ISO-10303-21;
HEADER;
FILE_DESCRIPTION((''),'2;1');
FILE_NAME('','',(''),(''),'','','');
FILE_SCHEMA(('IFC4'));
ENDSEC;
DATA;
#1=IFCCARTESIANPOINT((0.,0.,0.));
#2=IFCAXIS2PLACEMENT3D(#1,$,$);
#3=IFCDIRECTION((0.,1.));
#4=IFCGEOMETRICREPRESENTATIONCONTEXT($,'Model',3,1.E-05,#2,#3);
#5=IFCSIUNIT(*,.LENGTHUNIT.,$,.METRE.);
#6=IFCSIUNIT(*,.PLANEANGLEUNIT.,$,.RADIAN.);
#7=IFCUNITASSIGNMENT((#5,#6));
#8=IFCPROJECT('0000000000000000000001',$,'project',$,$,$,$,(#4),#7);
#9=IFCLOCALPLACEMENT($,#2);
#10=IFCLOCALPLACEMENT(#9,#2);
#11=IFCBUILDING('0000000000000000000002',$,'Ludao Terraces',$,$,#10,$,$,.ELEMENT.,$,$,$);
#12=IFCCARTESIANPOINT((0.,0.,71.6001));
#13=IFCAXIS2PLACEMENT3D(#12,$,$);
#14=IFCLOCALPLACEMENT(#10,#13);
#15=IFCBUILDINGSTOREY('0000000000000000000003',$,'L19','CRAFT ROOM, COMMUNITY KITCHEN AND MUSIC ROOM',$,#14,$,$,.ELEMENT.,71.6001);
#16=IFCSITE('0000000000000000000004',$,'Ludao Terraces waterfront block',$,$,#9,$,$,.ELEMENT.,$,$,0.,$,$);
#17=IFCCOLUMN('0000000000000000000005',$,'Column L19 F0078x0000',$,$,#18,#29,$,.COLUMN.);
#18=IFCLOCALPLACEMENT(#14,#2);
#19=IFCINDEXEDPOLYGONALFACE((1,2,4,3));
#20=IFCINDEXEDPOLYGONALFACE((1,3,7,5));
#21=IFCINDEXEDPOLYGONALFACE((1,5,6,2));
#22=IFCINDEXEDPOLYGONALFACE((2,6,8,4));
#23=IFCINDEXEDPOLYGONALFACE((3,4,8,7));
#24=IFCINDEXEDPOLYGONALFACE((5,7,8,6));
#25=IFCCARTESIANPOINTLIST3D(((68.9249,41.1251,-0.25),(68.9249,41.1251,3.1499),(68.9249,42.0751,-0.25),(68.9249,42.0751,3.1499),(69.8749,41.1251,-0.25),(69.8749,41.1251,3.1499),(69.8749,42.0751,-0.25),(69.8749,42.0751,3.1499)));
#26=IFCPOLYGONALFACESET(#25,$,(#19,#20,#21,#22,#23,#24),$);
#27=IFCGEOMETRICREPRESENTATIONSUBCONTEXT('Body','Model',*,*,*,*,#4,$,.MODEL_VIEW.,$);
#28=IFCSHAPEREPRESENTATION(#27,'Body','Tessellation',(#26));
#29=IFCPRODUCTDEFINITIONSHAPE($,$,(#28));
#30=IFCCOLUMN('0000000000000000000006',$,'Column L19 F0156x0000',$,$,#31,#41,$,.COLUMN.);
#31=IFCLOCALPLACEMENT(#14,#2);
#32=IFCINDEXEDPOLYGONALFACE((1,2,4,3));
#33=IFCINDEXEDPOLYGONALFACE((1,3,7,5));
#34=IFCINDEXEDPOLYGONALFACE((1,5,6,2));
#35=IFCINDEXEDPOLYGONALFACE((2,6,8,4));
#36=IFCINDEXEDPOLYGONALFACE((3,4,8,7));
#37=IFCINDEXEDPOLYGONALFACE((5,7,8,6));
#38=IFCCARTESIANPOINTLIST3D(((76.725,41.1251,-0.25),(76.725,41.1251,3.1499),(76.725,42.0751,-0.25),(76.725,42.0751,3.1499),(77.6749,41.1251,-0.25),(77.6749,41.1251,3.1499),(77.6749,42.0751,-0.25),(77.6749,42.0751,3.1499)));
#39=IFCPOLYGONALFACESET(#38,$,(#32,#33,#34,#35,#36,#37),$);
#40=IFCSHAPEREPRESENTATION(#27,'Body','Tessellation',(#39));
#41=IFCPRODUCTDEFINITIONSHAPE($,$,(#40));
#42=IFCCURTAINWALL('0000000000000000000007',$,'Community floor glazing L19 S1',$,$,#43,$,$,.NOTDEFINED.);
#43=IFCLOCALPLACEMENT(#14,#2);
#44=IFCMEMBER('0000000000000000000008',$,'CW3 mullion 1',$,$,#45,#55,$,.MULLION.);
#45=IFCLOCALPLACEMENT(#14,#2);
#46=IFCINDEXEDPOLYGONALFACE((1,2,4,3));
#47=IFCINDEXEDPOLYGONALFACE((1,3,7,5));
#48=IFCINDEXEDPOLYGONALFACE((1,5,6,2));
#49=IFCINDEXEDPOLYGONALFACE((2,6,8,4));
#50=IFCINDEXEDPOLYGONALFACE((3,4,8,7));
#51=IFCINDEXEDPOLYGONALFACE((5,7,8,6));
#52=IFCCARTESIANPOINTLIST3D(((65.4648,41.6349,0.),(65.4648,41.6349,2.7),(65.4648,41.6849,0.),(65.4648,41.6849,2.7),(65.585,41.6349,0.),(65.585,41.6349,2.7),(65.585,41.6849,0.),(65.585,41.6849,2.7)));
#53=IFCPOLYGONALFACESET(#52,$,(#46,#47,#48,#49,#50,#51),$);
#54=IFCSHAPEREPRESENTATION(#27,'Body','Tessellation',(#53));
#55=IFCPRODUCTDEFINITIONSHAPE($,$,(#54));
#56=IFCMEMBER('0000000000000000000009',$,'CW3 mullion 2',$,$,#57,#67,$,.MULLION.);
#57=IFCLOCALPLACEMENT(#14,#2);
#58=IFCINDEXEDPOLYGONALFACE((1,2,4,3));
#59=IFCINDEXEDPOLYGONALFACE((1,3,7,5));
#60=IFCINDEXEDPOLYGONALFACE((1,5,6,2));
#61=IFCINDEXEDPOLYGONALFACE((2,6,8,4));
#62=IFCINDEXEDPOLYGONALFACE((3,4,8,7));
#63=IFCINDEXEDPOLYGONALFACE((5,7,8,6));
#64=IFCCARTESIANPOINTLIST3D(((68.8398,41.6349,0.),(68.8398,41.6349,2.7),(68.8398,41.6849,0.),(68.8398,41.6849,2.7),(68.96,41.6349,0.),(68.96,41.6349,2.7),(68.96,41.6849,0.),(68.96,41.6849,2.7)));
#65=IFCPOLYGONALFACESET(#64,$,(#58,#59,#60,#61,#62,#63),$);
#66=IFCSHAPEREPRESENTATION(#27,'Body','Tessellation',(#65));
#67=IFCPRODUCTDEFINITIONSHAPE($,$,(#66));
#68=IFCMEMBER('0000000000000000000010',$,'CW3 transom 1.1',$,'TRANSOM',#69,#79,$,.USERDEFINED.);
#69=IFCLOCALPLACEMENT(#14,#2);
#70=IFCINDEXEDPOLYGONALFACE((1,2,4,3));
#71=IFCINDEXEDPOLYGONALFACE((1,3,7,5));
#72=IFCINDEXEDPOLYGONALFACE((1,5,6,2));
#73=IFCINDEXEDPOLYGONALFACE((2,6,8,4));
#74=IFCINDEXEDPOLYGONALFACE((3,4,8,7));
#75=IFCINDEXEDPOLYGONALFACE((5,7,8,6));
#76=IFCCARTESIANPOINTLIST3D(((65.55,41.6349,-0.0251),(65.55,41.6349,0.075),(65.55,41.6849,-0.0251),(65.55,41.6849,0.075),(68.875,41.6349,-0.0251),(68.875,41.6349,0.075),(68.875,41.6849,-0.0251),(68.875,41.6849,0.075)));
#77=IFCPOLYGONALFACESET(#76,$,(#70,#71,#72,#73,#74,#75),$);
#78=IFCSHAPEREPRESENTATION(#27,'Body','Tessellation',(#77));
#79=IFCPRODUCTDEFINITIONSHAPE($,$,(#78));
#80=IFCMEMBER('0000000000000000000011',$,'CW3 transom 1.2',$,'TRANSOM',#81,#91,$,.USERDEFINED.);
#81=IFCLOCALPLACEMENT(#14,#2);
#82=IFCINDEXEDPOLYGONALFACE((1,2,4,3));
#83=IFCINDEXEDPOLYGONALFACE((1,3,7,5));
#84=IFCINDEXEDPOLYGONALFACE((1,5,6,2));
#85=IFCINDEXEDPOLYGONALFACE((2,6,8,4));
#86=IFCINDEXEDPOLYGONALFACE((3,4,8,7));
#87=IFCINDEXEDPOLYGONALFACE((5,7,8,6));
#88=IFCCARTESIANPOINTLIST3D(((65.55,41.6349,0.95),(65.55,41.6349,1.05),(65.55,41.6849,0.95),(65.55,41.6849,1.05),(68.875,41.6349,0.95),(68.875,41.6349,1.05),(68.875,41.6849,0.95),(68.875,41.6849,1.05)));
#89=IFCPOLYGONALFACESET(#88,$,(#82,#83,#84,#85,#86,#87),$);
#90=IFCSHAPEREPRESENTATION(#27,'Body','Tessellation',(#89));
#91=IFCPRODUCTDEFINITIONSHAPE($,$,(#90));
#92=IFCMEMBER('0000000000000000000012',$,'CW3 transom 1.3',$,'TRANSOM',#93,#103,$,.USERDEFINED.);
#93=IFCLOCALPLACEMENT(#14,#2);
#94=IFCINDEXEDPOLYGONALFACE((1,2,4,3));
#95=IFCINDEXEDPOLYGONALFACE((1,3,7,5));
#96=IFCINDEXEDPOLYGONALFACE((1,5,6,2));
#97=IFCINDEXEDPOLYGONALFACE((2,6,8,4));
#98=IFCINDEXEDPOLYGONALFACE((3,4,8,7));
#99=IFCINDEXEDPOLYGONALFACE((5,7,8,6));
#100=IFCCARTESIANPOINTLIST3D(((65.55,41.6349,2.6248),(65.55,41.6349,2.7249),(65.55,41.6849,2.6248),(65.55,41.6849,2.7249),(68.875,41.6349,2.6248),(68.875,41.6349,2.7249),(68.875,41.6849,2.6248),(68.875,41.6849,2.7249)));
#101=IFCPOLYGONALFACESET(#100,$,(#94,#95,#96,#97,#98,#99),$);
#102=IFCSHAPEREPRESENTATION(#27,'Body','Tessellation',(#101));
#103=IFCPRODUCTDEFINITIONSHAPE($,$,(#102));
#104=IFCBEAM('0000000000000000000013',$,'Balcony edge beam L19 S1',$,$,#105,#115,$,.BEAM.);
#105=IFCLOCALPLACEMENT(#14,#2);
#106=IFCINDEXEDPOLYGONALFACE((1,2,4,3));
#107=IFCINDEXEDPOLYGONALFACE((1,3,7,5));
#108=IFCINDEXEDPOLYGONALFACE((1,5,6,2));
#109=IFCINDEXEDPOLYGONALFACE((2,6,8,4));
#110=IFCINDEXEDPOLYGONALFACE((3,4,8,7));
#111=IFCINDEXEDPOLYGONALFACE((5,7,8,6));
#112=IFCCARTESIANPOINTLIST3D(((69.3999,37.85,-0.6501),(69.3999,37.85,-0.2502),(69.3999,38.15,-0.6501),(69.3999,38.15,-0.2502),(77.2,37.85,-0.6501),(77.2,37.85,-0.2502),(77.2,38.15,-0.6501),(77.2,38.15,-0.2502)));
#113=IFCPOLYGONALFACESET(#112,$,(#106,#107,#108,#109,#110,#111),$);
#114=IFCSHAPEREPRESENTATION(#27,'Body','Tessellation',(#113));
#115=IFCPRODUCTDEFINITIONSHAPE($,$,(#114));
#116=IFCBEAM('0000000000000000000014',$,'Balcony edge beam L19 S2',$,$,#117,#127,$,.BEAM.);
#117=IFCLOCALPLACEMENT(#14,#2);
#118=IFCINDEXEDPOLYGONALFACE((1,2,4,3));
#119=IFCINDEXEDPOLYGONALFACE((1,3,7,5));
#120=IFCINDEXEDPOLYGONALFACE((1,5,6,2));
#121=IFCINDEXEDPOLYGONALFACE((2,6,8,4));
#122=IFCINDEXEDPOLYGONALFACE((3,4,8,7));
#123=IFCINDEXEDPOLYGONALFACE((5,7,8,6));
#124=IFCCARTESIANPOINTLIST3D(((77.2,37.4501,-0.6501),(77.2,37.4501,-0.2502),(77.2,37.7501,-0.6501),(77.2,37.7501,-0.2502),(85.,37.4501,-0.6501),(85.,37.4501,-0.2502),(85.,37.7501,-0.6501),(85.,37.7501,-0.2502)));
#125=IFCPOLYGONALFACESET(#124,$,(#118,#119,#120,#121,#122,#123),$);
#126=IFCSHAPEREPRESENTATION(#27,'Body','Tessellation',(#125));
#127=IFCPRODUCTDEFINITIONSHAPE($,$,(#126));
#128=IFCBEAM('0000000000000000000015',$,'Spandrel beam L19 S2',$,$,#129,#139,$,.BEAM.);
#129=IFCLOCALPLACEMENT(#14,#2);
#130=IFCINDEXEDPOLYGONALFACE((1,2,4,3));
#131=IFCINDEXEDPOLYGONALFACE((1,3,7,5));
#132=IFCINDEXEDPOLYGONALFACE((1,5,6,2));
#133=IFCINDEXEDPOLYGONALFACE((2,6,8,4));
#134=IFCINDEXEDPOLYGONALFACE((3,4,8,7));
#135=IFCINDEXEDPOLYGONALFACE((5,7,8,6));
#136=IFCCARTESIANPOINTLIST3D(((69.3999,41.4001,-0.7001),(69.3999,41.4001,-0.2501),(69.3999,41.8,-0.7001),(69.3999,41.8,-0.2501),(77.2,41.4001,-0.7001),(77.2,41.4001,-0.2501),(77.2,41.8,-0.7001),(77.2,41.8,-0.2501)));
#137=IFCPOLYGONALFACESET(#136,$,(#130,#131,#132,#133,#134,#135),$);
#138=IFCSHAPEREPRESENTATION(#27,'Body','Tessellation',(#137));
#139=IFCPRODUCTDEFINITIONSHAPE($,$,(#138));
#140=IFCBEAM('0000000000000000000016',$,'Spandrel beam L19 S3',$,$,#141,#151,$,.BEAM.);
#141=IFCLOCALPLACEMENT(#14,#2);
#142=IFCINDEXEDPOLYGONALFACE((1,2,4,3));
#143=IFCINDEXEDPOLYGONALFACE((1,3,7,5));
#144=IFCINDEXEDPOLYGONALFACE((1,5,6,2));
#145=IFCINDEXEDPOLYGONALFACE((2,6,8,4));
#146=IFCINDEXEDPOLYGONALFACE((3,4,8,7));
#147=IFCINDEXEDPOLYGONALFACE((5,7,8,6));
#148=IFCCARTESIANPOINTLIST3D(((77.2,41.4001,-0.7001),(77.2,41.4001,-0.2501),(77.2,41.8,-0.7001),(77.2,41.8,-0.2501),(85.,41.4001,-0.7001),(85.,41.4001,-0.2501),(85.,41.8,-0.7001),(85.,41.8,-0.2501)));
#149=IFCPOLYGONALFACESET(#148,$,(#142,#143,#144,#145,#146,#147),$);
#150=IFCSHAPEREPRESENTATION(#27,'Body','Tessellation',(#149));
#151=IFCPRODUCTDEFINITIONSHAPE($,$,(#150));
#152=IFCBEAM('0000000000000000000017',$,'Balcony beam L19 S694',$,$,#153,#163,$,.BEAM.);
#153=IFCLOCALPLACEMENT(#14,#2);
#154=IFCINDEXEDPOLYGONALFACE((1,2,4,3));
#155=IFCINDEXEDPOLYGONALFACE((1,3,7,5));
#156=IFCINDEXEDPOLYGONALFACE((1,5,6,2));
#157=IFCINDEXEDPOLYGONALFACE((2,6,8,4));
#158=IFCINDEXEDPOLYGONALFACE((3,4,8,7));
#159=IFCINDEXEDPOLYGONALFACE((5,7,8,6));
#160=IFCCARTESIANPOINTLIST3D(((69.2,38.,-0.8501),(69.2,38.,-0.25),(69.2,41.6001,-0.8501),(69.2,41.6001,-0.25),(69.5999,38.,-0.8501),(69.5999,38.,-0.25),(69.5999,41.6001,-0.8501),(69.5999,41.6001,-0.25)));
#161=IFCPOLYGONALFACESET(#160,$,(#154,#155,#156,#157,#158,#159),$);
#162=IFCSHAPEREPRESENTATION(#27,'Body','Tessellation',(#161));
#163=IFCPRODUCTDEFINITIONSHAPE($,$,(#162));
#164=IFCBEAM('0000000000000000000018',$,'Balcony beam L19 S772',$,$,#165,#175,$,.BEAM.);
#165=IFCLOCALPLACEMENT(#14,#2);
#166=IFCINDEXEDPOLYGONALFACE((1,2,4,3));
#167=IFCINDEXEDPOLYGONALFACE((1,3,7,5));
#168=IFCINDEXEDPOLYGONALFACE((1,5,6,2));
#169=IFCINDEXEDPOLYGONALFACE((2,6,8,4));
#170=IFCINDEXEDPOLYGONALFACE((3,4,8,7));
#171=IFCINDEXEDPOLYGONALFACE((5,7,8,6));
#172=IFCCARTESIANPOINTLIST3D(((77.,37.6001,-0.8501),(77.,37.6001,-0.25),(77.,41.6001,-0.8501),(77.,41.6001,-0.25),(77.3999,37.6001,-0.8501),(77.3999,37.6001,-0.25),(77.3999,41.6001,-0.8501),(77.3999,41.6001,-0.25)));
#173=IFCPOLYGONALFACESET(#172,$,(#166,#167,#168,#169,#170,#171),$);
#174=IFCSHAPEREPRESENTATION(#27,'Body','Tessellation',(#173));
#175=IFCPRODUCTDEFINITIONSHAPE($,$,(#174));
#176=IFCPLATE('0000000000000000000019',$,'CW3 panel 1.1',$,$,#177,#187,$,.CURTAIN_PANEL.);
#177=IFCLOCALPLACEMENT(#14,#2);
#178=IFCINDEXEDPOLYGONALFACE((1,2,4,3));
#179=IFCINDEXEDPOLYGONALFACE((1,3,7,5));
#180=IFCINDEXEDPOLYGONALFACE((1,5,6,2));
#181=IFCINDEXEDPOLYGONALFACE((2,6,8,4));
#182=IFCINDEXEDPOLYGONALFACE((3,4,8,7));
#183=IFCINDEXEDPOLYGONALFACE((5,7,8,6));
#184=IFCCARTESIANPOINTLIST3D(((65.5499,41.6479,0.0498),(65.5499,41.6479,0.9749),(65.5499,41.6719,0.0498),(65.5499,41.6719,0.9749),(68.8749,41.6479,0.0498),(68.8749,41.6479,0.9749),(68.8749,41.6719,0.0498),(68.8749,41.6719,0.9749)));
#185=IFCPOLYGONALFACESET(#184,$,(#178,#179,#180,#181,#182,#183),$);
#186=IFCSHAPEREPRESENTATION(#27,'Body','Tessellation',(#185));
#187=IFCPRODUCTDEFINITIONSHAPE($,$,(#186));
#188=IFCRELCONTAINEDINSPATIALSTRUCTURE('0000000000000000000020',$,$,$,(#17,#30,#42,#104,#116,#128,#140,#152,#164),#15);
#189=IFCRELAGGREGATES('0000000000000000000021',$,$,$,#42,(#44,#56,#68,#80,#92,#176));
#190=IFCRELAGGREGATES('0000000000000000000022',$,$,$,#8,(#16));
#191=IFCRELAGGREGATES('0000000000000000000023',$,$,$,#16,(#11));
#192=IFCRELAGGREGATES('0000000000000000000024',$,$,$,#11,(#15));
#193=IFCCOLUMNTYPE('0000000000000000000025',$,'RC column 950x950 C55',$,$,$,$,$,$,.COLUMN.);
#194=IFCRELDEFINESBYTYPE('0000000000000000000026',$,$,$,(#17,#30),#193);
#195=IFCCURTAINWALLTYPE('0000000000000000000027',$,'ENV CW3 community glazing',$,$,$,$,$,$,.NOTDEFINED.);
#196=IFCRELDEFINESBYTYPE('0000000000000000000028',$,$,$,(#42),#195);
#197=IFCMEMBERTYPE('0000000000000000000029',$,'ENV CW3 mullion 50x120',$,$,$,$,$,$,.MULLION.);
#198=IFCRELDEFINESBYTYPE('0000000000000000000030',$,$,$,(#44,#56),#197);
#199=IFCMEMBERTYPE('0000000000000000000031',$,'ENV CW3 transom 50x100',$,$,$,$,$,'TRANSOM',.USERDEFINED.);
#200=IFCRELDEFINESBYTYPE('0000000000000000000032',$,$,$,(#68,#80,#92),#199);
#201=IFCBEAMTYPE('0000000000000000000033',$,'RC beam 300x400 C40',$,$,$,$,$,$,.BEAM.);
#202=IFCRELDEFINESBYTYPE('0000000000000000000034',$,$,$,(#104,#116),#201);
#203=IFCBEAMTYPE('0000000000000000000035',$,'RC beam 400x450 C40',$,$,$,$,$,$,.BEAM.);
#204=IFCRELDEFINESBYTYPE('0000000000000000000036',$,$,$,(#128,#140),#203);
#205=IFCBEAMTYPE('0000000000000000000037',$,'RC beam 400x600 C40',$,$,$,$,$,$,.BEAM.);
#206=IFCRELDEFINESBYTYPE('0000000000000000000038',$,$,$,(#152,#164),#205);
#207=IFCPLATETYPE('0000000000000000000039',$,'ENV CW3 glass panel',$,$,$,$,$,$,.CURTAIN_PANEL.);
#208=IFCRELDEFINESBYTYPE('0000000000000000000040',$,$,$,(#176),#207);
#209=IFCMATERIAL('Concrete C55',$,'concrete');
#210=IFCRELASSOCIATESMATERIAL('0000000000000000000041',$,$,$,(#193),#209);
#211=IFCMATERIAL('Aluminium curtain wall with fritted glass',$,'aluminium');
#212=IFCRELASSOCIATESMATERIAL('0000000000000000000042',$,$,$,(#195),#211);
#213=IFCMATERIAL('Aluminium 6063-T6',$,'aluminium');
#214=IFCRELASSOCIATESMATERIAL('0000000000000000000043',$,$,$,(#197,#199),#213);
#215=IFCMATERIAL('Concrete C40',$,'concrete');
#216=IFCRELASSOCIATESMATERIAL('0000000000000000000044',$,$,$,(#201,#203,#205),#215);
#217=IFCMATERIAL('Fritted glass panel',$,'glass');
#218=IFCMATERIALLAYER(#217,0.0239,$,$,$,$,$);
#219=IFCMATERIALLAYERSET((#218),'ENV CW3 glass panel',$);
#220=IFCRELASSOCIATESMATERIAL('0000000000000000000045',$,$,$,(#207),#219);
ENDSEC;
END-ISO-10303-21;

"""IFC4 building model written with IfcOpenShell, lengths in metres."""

from ifc_helpers import new_model, si_unit, direction, frame, origin, origin_2d, place, context, subcontext, project, spatial, rectangle, extrude, material, layer, layer_set, material_profile, profile_set, type_object, element, aggregate, save


model = new_model("IFC4")

# Units and contexts
model_context = context("Model", 3, precision=1e-05, world=origin(), true_north=direction((0.0, 1.0)))
body_context = subcontext(model_context, "Body", "Model", "MODEL_VIEW")
ifc_project = project(units=[si_unit("LENGTHUNIT", "METRE"), si_unit("PLANEANGLEUNIT", "RADIAN")], contexts=[model_context])

# Site, building, storey
site_placement = place(None, origin())
site = spatial("IfcSite", under=ifc_project, at=site_placement, Name="Ludao Terraces waterfront block", CompositionType="ELEMENT", RefElevation=0.0)
building_placement = place(site_placement, origin())
building = spatial("IfcBuilding", under=site, at=building_placement, Name="Ludao Terraces", CompositionType="ELEMENT")
storey_placement = place(building_placement, frame((0.0, 0.0, 71.6001)))
storey = spatial("IfcBuildingStorey", under=building, at=storey_placement, Name="L19", Description="CRAFT ROOM, COMMUNITY KITCHEN AND MUSIC ROOM", CompositionType="ELEMENT", Elevation=71.6001)

# Columns
ifc_material_1 = material(Name="Concrete C55", Category="concrete")
ifc_material_profile_1 = material_profile(ifc_material_1, rectangle(XDim=0.95, YDim=0.95, at=origin_2d()), Name="950 X 950")
ifc_profile_set_1 = profile_set([ifc_material_profile_1], Name="Concrete C55")
column_type = type_object("IfcColumnType", Name="RC column 950x950 C55", PredefinedType="COLUMN", material=ifc_profile_set_1)
for number, where, z_axis, x_axis, name in (
    (1, (69.3999, 41.6001, -0.25), (0.0, 0.0, 1.0), (1.0, 0.0, 0.0), "Column L19 F0078x0000"),
    (2, (77.2, 41.6001, -0.25), (0.0, 0.0, 1.0), (1.0, 0.0, 0.0), "Column L19 F0156x0000"),
):
    element("IfcColumn", number, at=place(storey_placement, frame(where, z_axis=z_axis, x_axis=x_axis)), inside=storey, type_object=column_type, Name=name, PredefinedType="COLUMN", context=body_context, shape_type="SweptSolid", body=[
        extrude(rectangle(XDim=0.95, YDim=0.95, at=origin_2d()), origin(), (0.0, 0.0, 1.0), 3.3999),
    ])

# Curtain wall, members
ifc_material_2 = material(Name="Aluminium curtain wall with fritted glass", Category="aluminium")
curtain_wall_type = type_object("IfcCurtainWallType", Name="ENV CW3 community glazing", PredefinedType="NOTDEFINED", material=ifc_material_2)
curtain_wall_placement = place(storey_placement, origin())
curtain_wall = element("IfcCurtainWall", 3, at=curtain_wall_placement, inside=storey, type_object=curtain_wall_type, Name="Community floor glazing L19 S1", PredefinedType="NOTDEFINED")
ifc_material_3 = material(Name="Aluminium 6063-T6", Category="aluminium")
ifc_material_profile_2 = material_profile(ifc_material_3, rectangle(XDim=0.05, YDim=0.1201, at=origin_2d()), Name="50 X 120")
ifc_profile_set_2 = profile_set([ifc_material_profile_2], Name="Aluminium 6063-T6")
member_type_1 = type_object("IfcMemberType", Name="ENV CW3 mullion 50x120", PredefinedType="MULLION", material=ifc_profile_set_2)
member_1_placement = place(storey_placement, frame((65.5249, 41.6599, 0.0), z_axis=(0.0, 0.0, 1.0), x_axis=(0.0, 1.0, 0.0)))
member_1 = element("IfcMember", 4, at=member_1_placement, type_object=member_type_1, Name="CW3 mullion 1", PredefinedType="MULLION", context=body_context, shape_type="SweptSolid", body=[
    extrude(rectangle(XDim=0.05, YDim=0.1201, at=origin_2d()), origin(), (0.0, 0.0, 1.0), 2.7),
])
member_2_placement = place(storey_placement, frame((68.8999, 41.6599, 0.0), z_axis=(0.0, 0.0, 1.0), x_axis=(0.0, 1.0, 0.0)))
member_2 = element("IfcMember", 5, at=member_2_placement, type_object=member_type_1, Name="CW3 mullion 2", PredefinedType="MULLION", context=body_context, shape_type="SweptSolid", body=[
    extrude(rectangle(XDim=0.05, YDim=0.1201, at=origin_2d()), origin(), (0.0, 0.0, 1.0), 2.7),
])
ifc_material_profile_3 = material_profile(ifc_material_3, rectangle(XDim=0.05, YDim=0.1001, at=origin_2d()), Name="50 X 100")
ifc_profile_set_3 = profile_set([ifc_material_profile_3], Name="Aluminium 6063-T6")
member_type_2 = type_object("IfcMemberType", Name="ENV CW3 transom 50x100", ElementType="TRANSOM", PredefinedType="USERDEFINED", material=ifc_profile_set_3)
member_3_placement = place(storey_placement, frame((65.55, 41.6599, 0.0249), z_axis=(1.0, 0.0, 0.0), x_axis=(0.0, 1.0, 0.0)))
member_3 = element("IfcMember", 6, at=member_3_placement, type_object=member_type_2, Name="CW3 transom 1.1", ObjectType="TRANSOM", PredefinedType="USERDEFINED", context=body_context, shape_type="SweptSolid", body=[
    extrude(rectangle(XDim=0.05, YDim=0.1001, at=origin_2d()), origin(), (0.0, 0.0, 1.0), 3.325),
])
member_4_placement = place(storey_placement, frame((65.55, 41.6599, 1.0), z_axis=(1.0, 0.0, 0.0), x_axis=(0.0, 1.0, 0.0)))
member_4 = element("IfcMember", 7, at=member_4_placement, type_object=member_type_2, Name="CW3 transom 1.2", ObjectType="TRANSOM", PredefinedType="USERDEFINED", context=body_context, shape_type="SweptSolid", body=[
    extrude(rectangle(XDim=0.05, YDim=0.1001, at=origin_2d()), origin(), (0.0, 0.0, 1.0), 3.325),
])
member_5_placement = place(storey_placement, frame((65.55, 41.6599, 2.6748), z_axis=(1.0, 0.0, 0.0), x_axis=(0.0, 1.0, 0.0)))
member_5 = element("IfcMember", 8, at=member_5_placement, type_object=member_type_2, Name="CW3 transom 1.3", ObjectType="TRANSOM", PredefinedType="USERDEFINED", context=body_context, shape_type="SweptSolid", body=[
    extrude(rectangle(XDim=0.05, YDim=0.1001, at=origin_2d()), origin(), (0.0, 0.0, 1.0), 3.325),
])

# Beams
ifc_material_4 = material(Name="Concrete C40", Category="concrete")
ifc_material_profile_4 = material_profile(ifc_material_4, rectangle(XDim=0.3, YDim=0.3999, at=origin_2d()), Name="300 X 400")
ifc_profile_set_4 = profile_set([ifc_material_profile_4], Name="Concrete C40")
beam_type_1 = type_object("IfcBeamType", Name="RC beam 300x400 C40", PredefinedType="BEAM", material=ifc_profile_set_4)
for number, where, z_axis, x_axis, name in (
    (9, (69.3999, 38.0, -0.4502), (1.0, 0.0, 0.0), (0.0, 1.0, 0.0), "Balcony edge beam L19 S1"),
    (10, (77.2, 37.6001, -0.4502), (1.0, 0.0, 0.0), (0.0, 1.0, 0.0), "Balcony edge beam L19 S2"),
):
    element("IfcBeam", number, at=place(storey_placement, frame(where, z_axis=z_axis, x_axis=x_axis)), inside=storey, type_object=beam_type_1, Name=name, PredefinedType="BEAM", context=body_context, shape_type="SweptSolid", body=[
        extrude(rectangle(XDim=0.3, YDim=0.3999, at=origin_2d()), origin(), (0.0, 0.0, 1.0), 7.8),
    ])
ifc_material_profile_5 = material_profile(ifc_material_4, rectangle(XDim=0.3999, YDim=0.45, at=origin_2d()), Name="400 X 450")
ifc_profile_set_5 = profile_set([ifc_material_profile_5], Name="Concrete C40")
beam_type_2 = type_object("IfcBeamType", Name="RC beam 400x450 C40", PredefinedType="BEAM", material=ifc_profile_set_5)
for number, where, z_axis, x_axis, name in (
    (11, (69.3999, 41.6001, -0.4751), (1.0, 0.0, 0.0), (0.0, 1.0, 0.0), "Spandrel beam L19 S2"),
    (12, (77.2, 41.6001, -0.4751), (1.0, 0.0, 0.0), (0.0, 1.0, 0.0), "Spandrel beam L19 S3"),
):
    element("IfcBeam", number, at=place(storey_placement, frame(where, z_axis=z_axis, x_axis=x_axis)), inside=storey, type_object=beam_type_2, Name=name, PredefinedType="BEAM", context=body_context, shape_type="SweptSolid", body=[
        extrude(rectangle(XDim=0.3999, YDim=0.45, at=origin_2d()), origin(), (0.0, 0.0, 1.0), 7.8),
    ])
ifc_material_profile_6 = material_profile(ifc_material_4, rectangle(XDim=0.3999, YDim=0.6001, at=origin_2d()), Name="400 X 600")
ifc_profile_set_6 = profile_set([ifc_material_profile_6], Name="Concrete C40")
beam_type_3 = type_object("IfcBeamType", Name="RC beam 400x600 C40", PredefinedType="BEAM", material=ifc_profile_set_6)
beam_1_placement = place(storey_placement, frame((69.3999, 41.6001, -0.55), z_axis=(0.0, -1.0, 0.0), x_axis=(1.0, 0.0, 0.0)))
element("IfcBeam", 13, at=beam_1_placement, inside=storey, type_object=beam_type_3, Name="Balcony beam L19 S694", PredefinedType="BEAM", context=body_context, shape_type="SweptSolid", body=[
    extrude(rectangle(XDim=0.3999, YDim=0.6001, at=origin_2d()), origin(), (0.0, 0.0, 1.0), 3.6001),
])
beam_2_placement = place(storey_placement, frame((77.2, 41.6001, -0.55), z_axis=(0.0, -1.0, 0.0), x_axis=(1.0, 0.0, 0.0)))
element("IfcBeam", 14, at=beam_2_placement, inside=storey, type_object=beam_type_3, Name="Balcony beam L19 S772", PredefinedType="BEAM", context=body_context, shape_type="SweptSolid", body=[
    extrude(rectangle(XDim=0.3999, YDim=0.6001, at=origin_2d()), origin(), (0.0, 0.0, 1.0), 4.0),
])

# Plate
ifc_material_5 = material(Name="Fritted glass panel", Category="glass")
ifc_layer_1 = layer(ifc_material_5, 0.0239)
ifc_layer_set_1 = layer_set([ifc_layer_1], Name="ENV CW3 glass panel")
plate_type = type_object("IfcPlateType", Name="ENV CW3 glass panel", PredefinedType="CURTAIN_PANEL", material=ifc_layer_set_1)
plate_1_placement = place(storey_placement, frame((67.2124, 41.6599, 0.0498), z_axis=(0.0, 0.0, 1.0), x_axis=(1.0, 0.0, 0.0)))
plate_1 = element("IfcPlate", 15, at=plate_1_placement, type_object=plate_type, Name="CW3 panel 1.1", PredefinedType="CURTAIN_PANEL", context=body_context, shape_type="SweptSolid", body=[
    extrude(rectangle(XDim=3.325, YDim=0.0239, at=origin_2d()), origin(), (0.0, 0.0, 1.0), 0.925),
])
aggregate(curtain_wall, [member_1, member_2, member_3, member_4, member_5, plate_1])

save(model, "model.ifc")
